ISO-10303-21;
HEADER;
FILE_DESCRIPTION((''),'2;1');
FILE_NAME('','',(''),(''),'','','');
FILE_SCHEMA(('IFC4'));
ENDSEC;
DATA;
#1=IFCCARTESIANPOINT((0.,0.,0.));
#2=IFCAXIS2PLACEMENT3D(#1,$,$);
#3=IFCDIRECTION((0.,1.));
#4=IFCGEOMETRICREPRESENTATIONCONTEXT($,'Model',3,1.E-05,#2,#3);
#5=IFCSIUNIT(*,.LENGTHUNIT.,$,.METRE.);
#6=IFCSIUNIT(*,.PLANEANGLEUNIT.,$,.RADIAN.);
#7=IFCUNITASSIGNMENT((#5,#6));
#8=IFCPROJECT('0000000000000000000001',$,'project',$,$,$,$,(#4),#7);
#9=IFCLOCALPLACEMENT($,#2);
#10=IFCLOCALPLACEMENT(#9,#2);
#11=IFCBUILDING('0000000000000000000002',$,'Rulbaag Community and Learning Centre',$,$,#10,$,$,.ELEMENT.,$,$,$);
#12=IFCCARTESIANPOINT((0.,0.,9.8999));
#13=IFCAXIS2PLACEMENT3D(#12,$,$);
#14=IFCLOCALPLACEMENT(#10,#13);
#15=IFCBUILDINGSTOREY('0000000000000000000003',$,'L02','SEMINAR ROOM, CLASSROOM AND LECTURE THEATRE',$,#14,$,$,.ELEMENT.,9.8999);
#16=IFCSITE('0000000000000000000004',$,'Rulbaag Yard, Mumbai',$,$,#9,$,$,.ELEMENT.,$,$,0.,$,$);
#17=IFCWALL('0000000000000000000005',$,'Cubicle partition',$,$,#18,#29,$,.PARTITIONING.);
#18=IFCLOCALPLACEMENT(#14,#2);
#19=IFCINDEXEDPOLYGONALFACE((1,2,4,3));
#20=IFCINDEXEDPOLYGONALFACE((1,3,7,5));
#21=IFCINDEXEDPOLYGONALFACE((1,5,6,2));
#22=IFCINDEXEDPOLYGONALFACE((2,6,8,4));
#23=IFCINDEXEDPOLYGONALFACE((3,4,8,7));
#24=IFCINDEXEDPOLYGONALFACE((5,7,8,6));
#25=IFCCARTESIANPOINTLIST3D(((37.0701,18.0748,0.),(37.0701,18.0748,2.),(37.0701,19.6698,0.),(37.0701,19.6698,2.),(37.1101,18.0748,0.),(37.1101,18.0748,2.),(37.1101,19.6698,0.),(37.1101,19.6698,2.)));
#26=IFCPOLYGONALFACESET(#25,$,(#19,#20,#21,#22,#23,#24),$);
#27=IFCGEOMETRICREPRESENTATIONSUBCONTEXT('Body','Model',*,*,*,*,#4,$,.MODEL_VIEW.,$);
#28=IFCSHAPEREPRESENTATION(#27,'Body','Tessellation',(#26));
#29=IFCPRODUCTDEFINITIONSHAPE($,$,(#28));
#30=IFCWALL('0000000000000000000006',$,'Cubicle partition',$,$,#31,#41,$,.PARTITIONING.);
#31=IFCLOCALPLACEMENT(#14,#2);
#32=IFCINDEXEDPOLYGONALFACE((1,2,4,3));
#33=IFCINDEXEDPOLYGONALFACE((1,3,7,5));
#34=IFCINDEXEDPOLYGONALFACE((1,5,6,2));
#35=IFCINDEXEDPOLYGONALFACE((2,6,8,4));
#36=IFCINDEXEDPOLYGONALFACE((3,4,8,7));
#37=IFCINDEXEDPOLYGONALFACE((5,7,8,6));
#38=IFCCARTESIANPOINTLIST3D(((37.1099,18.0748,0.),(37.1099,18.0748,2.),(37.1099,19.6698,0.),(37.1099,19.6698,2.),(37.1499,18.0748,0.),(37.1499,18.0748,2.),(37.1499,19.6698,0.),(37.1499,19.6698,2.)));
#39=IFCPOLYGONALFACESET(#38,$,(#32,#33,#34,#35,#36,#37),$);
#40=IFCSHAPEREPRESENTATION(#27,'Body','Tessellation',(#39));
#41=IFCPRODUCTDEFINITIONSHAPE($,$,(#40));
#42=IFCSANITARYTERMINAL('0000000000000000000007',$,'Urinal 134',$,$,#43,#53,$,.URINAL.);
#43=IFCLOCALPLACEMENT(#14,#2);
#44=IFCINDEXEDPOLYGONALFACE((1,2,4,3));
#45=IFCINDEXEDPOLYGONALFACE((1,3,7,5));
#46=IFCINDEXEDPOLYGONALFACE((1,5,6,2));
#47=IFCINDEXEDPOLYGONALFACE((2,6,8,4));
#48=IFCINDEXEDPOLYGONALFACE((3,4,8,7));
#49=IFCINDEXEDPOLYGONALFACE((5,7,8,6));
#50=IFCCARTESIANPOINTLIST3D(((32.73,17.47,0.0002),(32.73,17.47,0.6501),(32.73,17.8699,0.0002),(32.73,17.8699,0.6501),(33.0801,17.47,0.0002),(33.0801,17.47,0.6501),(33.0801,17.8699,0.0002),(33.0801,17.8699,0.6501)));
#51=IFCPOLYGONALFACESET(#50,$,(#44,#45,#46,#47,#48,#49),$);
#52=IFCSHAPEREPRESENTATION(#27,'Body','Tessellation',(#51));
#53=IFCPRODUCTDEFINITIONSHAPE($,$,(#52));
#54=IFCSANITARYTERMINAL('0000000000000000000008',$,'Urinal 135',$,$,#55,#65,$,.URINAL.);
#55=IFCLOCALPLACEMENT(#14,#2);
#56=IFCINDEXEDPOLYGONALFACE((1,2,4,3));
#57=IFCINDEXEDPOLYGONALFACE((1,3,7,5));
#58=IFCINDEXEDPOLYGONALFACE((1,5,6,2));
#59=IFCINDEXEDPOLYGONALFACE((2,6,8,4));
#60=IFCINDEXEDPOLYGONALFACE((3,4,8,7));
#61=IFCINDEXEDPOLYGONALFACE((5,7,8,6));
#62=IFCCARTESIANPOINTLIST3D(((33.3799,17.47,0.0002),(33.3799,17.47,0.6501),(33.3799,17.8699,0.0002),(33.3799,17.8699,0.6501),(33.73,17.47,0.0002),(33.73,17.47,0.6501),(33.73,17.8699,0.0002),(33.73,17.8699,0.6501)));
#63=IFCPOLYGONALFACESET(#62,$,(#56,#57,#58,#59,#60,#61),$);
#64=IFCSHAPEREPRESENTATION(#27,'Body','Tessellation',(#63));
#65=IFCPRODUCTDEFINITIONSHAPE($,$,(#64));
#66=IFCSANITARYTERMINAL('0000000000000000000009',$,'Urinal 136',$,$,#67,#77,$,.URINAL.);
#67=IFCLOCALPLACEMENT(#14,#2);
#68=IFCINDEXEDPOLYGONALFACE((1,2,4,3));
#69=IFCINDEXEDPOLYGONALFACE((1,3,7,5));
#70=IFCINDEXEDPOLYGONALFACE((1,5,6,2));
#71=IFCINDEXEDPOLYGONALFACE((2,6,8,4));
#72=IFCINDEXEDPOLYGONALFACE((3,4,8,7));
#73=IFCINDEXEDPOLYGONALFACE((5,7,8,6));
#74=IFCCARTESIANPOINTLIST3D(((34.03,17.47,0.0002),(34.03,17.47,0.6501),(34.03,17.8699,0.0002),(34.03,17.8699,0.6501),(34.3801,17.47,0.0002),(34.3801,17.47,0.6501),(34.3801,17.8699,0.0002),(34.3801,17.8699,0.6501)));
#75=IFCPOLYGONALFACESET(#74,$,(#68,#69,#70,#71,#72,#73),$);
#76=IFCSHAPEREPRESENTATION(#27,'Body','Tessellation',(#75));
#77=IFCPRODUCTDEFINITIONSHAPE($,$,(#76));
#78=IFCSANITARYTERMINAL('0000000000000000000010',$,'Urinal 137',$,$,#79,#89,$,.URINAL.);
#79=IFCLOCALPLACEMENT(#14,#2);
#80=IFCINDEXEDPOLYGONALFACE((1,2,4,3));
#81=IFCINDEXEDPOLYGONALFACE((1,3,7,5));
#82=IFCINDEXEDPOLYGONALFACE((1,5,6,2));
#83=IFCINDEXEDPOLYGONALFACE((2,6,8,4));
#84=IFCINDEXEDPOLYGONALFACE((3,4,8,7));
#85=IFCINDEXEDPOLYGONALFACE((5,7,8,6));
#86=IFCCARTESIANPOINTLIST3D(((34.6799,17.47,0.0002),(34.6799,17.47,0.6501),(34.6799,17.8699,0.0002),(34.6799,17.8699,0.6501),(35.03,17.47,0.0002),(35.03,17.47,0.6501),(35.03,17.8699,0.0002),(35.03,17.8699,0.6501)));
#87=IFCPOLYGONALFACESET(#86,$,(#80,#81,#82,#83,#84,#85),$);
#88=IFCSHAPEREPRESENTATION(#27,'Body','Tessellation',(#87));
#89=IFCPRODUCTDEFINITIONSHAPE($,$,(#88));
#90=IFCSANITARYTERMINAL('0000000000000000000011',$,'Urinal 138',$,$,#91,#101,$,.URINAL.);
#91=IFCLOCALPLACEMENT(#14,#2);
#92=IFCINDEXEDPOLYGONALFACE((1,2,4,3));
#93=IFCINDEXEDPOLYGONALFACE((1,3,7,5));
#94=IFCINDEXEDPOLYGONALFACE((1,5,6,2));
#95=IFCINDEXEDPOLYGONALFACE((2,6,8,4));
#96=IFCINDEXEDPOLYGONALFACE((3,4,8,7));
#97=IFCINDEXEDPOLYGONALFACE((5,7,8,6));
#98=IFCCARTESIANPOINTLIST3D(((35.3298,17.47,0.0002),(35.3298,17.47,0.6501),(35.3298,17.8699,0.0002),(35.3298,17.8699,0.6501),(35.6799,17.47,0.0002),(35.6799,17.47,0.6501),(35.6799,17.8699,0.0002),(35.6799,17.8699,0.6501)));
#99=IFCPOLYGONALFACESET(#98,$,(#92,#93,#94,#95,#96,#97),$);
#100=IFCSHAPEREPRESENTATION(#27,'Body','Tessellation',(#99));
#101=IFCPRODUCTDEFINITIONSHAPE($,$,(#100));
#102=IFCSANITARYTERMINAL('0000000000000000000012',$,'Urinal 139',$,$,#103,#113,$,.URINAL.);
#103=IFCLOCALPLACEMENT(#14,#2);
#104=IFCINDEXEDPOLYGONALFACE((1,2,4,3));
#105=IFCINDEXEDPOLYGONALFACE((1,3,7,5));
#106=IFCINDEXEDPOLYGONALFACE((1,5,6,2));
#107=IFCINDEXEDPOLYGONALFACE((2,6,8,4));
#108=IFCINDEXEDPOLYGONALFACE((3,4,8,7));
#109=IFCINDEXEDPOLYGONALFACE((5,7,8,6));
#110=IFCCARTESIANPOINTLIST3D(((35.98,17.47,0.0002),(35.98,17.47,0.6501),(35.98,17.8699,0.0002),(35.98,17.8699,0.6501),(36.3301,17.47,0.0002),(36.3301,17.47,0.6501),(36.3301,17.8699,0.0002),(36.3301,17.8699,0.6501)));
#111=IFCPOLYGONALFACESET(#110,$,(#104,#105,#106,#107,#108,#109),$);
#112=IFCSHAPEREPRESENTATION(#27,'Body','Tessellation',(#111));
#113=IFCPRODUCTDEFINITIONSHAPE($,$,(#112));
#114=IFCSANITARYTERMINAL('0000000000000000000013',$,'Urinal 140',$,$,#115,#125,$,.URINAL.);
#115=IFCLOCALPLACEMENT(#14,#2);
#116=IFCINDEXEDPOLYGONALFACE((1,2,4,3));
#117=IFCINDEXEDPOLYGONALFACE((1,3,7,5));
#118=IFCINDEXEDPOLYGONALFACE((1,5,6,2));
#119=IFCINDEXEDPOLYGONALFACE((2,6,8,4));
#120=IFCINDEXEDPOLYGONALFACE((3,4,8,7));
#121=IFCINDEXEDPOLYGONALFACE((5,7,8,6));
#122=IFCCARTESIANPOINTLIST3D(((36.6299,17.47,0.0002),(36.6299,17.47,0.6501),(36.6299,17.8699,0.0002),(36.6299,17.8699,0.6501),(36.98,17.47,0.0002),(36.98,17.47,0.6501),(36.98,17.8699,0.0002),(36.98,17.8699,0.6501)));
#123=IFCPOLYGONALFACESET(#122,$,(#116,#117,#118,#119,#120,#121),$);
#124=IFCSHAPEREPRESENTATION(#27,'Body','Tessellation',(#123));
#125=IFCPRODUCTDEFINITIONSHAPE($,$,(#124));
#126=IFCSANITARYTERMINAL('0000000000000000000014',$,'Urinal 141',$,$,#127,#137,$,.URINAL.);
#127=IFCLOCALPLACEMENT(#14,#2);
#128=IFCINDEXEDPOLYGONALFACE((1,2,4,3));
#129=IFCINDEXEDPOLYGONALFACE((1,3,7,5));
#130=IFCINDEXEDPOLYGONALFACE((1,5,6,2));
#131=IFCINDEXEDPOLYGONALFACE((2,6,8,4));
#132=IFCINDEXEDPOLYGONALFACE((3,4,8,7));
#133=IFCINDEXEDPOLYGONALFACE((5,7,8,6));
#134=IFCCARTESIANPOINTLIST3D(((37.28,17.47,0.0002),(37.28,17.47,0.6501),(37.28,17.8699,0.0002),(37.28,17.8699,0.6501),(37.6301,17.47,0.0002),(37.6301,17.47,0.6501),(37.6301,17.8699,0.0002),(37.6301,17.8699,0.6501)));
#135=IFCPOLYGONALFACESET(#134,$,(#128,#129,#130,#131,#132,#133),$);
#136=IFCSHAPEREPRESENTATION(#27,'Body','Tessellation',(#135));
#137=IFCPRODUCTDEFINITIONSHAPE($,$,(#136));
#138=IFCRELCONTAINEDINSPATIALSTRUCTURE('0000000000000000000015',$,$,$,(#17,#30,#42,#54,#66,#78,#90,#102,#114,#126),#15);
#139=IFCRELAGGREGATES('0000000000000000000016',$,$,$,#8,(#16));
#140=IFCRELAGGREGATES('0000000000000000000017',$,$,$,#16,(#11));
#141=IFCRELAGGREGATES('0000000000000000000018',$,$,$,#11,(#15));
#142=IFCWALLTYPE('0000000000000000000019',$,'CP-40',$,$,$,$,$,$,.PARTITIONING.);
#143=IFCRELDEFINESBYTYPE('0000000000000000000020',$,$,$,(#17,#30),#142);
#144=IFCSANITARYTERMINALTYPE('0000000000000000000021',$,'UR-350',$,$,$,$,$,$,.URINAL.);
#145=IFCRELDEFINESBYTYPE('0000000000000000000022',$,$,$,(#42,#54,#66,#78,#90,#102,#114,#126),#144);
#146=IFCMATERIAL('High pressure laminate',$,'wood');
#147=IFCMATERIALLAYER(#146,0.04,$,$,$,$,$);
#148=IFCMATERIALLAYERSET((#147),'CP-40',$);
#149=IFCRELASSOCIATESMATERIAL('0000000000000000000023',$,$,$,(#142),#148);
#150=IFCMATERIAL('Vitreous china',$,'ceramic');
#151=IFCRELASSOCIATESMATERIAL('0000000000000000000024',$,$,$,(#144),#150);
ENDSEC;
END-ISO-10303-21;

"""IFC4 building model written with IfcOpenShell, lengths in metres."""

from ifc_helpers import new_model, si_unit, direction, frame, frame_2d, origin, origin_2d, place, context, subcontext, project, spatial, rectangle, extrude, material, layer, layer_set, type_object, element, save


model = new_model("IFC4")

# Units and contexts
model_context = context("Model", 3, precision=1e-05, world=origin(), true_north=direction((0.0, 1.0)))
body_context = subcontext(model_context, "Body", "Model", "MODEL_VIEW")
ifc_project = project(units=[si_unit("LENGTHUNIT", "METRE"), si_unit("PLANEANGLEUNIT", "RADIAN")], contexts=[model_context])

# Site, building, storey
site_placement = place(None, origin())
site = spatial("IfcSite", under=ifc_project, at=site_placement, Name="Rulbaag Yard, Mumbai", CompositionType="ELEMENT", RefElevation=0.0)
building_placement = place(site_placement, origin())
building = spatial("IfcBuilding", under=site, at=building_placement, Name="Rulbaag Community and Learning Centre", CompositionType="ELEMENT")
storey_placement = place(building_placement, frame((0.0, 0.0, 9.8999)))
storey = spatial("IfcBuildingStorey", under=building, at=storey_placement, Name="L02", Description="SEMINAR ROOM, CLASSROOM AND LECTURE THEATRE", CompositionType="ELEMENT", Elevation=9.8999)

# Shared definitions
ifc_material_1 = material(Name="High pressure laminate", Category="wood")
ifc_layer = layer(ifc_material_1, 0.04)
ifc_layer_set = layer_set([ifc_layer], Name="CP-40")
wall_type = type_object("IfcWallType", Name="CP-40", PredefinedType="PARTITIONING", material=ifc_layer_set)

# Walls
for number, where, z_axis, x_axis, name in (
    (1, (37.0901, 18.075, 0.0), (0.0, 0.0, 1.0), (0.0, 1.0, 0.0), "Cubicle partition"),
    (2, (37.1299, 18.075, 0.0), (0.0, 0.0, 1.0), (0.0, 1.0, 0.0), "Cubicle partition"),
):
    element("IfcWall", number, at=place(storey_placement, frame(where, z_axis=z_axis, x_axis=x_axis)), inside=storey, type_object=wall_type, Name=name, PredefinedType="PARTITIONING", context=body_context, shape_type="SweptSolid", body=[
        extrude(rectangle(XDim=1.595, YDim=0.04, at=frame_2d((0.7974, 0.0))), origin(), (0.0, 0.0, 1.0), 2.0),
    ])

# Sanitary terminals
ifc_material_2 = material(Name="Vitreous china", Category="ceramic")
sanitary_terminal_type = type_object("IfcSanitaryTerminalType", Name="UR-350", PredefinedType="URINAL", material=ifc_material_2)
for number, where, z_axis, x_axis, name in (
    (3, (32.905, 17.6699, 0.0002), (0.0, 0.0, 1.0), (1.0, 0.0, 0.0), "Urinal 134"),
    (4, (33.5549, 17.6699, 0.0002), (0.0, 0.0, 1.0), (1.0, 0.0, 0.0), "Urinal 135"),
    (5, (34.2051, 17.6699, 0.0002), (0.0, 0.0, 1.0), (1.0, 0.0, 0.0), "Urinal 136"),
    (6, (34.855, 17.6699, 0.0002), (0.0, 0.0, 1.0), (1.0, 0.0, 0.0), "Urinal 137"),
    (7, (35.5049, 17.6699, 0.0002), (0.0, 0.0, 1.0), (1.0, 0.0, 0.0), "Urinal 138"),
    (8, (36.155, 17.6699, 0.0002), (0.0, 0.0, 1.0), (1.0, 0.0, 0.0), "Urinal 139"),
    (9, (36.8049, 17.6699, 0.0002), (0.0, 0.0, 1.0), (1.0, 0.0, 0.0), "Urinal 140"),
    (10, (37.4551, 17.6699, 0.0002), (0.0, 0.0, 1.0), (1.0, 0.0, 0.0), "Urinal 141"),
):
    element("IfcSanitaryTerminal", number, at=place(storey_placement, frame(where, z_axis=z_axis, x_axis=x_axis)), inside=storey, type_object=sanitary_terminal_type, Name=name, PredefinedType="URINAL", context=body_context, shape_type="SweptSolid", body=[
        extrude(rectangle(XDim=0.3501, YDim=0.3999, at=origin_2d()), origin(), (0.0, 0.0, 1.0), 0.6499),
    ])

save(model, "model.ifc")
